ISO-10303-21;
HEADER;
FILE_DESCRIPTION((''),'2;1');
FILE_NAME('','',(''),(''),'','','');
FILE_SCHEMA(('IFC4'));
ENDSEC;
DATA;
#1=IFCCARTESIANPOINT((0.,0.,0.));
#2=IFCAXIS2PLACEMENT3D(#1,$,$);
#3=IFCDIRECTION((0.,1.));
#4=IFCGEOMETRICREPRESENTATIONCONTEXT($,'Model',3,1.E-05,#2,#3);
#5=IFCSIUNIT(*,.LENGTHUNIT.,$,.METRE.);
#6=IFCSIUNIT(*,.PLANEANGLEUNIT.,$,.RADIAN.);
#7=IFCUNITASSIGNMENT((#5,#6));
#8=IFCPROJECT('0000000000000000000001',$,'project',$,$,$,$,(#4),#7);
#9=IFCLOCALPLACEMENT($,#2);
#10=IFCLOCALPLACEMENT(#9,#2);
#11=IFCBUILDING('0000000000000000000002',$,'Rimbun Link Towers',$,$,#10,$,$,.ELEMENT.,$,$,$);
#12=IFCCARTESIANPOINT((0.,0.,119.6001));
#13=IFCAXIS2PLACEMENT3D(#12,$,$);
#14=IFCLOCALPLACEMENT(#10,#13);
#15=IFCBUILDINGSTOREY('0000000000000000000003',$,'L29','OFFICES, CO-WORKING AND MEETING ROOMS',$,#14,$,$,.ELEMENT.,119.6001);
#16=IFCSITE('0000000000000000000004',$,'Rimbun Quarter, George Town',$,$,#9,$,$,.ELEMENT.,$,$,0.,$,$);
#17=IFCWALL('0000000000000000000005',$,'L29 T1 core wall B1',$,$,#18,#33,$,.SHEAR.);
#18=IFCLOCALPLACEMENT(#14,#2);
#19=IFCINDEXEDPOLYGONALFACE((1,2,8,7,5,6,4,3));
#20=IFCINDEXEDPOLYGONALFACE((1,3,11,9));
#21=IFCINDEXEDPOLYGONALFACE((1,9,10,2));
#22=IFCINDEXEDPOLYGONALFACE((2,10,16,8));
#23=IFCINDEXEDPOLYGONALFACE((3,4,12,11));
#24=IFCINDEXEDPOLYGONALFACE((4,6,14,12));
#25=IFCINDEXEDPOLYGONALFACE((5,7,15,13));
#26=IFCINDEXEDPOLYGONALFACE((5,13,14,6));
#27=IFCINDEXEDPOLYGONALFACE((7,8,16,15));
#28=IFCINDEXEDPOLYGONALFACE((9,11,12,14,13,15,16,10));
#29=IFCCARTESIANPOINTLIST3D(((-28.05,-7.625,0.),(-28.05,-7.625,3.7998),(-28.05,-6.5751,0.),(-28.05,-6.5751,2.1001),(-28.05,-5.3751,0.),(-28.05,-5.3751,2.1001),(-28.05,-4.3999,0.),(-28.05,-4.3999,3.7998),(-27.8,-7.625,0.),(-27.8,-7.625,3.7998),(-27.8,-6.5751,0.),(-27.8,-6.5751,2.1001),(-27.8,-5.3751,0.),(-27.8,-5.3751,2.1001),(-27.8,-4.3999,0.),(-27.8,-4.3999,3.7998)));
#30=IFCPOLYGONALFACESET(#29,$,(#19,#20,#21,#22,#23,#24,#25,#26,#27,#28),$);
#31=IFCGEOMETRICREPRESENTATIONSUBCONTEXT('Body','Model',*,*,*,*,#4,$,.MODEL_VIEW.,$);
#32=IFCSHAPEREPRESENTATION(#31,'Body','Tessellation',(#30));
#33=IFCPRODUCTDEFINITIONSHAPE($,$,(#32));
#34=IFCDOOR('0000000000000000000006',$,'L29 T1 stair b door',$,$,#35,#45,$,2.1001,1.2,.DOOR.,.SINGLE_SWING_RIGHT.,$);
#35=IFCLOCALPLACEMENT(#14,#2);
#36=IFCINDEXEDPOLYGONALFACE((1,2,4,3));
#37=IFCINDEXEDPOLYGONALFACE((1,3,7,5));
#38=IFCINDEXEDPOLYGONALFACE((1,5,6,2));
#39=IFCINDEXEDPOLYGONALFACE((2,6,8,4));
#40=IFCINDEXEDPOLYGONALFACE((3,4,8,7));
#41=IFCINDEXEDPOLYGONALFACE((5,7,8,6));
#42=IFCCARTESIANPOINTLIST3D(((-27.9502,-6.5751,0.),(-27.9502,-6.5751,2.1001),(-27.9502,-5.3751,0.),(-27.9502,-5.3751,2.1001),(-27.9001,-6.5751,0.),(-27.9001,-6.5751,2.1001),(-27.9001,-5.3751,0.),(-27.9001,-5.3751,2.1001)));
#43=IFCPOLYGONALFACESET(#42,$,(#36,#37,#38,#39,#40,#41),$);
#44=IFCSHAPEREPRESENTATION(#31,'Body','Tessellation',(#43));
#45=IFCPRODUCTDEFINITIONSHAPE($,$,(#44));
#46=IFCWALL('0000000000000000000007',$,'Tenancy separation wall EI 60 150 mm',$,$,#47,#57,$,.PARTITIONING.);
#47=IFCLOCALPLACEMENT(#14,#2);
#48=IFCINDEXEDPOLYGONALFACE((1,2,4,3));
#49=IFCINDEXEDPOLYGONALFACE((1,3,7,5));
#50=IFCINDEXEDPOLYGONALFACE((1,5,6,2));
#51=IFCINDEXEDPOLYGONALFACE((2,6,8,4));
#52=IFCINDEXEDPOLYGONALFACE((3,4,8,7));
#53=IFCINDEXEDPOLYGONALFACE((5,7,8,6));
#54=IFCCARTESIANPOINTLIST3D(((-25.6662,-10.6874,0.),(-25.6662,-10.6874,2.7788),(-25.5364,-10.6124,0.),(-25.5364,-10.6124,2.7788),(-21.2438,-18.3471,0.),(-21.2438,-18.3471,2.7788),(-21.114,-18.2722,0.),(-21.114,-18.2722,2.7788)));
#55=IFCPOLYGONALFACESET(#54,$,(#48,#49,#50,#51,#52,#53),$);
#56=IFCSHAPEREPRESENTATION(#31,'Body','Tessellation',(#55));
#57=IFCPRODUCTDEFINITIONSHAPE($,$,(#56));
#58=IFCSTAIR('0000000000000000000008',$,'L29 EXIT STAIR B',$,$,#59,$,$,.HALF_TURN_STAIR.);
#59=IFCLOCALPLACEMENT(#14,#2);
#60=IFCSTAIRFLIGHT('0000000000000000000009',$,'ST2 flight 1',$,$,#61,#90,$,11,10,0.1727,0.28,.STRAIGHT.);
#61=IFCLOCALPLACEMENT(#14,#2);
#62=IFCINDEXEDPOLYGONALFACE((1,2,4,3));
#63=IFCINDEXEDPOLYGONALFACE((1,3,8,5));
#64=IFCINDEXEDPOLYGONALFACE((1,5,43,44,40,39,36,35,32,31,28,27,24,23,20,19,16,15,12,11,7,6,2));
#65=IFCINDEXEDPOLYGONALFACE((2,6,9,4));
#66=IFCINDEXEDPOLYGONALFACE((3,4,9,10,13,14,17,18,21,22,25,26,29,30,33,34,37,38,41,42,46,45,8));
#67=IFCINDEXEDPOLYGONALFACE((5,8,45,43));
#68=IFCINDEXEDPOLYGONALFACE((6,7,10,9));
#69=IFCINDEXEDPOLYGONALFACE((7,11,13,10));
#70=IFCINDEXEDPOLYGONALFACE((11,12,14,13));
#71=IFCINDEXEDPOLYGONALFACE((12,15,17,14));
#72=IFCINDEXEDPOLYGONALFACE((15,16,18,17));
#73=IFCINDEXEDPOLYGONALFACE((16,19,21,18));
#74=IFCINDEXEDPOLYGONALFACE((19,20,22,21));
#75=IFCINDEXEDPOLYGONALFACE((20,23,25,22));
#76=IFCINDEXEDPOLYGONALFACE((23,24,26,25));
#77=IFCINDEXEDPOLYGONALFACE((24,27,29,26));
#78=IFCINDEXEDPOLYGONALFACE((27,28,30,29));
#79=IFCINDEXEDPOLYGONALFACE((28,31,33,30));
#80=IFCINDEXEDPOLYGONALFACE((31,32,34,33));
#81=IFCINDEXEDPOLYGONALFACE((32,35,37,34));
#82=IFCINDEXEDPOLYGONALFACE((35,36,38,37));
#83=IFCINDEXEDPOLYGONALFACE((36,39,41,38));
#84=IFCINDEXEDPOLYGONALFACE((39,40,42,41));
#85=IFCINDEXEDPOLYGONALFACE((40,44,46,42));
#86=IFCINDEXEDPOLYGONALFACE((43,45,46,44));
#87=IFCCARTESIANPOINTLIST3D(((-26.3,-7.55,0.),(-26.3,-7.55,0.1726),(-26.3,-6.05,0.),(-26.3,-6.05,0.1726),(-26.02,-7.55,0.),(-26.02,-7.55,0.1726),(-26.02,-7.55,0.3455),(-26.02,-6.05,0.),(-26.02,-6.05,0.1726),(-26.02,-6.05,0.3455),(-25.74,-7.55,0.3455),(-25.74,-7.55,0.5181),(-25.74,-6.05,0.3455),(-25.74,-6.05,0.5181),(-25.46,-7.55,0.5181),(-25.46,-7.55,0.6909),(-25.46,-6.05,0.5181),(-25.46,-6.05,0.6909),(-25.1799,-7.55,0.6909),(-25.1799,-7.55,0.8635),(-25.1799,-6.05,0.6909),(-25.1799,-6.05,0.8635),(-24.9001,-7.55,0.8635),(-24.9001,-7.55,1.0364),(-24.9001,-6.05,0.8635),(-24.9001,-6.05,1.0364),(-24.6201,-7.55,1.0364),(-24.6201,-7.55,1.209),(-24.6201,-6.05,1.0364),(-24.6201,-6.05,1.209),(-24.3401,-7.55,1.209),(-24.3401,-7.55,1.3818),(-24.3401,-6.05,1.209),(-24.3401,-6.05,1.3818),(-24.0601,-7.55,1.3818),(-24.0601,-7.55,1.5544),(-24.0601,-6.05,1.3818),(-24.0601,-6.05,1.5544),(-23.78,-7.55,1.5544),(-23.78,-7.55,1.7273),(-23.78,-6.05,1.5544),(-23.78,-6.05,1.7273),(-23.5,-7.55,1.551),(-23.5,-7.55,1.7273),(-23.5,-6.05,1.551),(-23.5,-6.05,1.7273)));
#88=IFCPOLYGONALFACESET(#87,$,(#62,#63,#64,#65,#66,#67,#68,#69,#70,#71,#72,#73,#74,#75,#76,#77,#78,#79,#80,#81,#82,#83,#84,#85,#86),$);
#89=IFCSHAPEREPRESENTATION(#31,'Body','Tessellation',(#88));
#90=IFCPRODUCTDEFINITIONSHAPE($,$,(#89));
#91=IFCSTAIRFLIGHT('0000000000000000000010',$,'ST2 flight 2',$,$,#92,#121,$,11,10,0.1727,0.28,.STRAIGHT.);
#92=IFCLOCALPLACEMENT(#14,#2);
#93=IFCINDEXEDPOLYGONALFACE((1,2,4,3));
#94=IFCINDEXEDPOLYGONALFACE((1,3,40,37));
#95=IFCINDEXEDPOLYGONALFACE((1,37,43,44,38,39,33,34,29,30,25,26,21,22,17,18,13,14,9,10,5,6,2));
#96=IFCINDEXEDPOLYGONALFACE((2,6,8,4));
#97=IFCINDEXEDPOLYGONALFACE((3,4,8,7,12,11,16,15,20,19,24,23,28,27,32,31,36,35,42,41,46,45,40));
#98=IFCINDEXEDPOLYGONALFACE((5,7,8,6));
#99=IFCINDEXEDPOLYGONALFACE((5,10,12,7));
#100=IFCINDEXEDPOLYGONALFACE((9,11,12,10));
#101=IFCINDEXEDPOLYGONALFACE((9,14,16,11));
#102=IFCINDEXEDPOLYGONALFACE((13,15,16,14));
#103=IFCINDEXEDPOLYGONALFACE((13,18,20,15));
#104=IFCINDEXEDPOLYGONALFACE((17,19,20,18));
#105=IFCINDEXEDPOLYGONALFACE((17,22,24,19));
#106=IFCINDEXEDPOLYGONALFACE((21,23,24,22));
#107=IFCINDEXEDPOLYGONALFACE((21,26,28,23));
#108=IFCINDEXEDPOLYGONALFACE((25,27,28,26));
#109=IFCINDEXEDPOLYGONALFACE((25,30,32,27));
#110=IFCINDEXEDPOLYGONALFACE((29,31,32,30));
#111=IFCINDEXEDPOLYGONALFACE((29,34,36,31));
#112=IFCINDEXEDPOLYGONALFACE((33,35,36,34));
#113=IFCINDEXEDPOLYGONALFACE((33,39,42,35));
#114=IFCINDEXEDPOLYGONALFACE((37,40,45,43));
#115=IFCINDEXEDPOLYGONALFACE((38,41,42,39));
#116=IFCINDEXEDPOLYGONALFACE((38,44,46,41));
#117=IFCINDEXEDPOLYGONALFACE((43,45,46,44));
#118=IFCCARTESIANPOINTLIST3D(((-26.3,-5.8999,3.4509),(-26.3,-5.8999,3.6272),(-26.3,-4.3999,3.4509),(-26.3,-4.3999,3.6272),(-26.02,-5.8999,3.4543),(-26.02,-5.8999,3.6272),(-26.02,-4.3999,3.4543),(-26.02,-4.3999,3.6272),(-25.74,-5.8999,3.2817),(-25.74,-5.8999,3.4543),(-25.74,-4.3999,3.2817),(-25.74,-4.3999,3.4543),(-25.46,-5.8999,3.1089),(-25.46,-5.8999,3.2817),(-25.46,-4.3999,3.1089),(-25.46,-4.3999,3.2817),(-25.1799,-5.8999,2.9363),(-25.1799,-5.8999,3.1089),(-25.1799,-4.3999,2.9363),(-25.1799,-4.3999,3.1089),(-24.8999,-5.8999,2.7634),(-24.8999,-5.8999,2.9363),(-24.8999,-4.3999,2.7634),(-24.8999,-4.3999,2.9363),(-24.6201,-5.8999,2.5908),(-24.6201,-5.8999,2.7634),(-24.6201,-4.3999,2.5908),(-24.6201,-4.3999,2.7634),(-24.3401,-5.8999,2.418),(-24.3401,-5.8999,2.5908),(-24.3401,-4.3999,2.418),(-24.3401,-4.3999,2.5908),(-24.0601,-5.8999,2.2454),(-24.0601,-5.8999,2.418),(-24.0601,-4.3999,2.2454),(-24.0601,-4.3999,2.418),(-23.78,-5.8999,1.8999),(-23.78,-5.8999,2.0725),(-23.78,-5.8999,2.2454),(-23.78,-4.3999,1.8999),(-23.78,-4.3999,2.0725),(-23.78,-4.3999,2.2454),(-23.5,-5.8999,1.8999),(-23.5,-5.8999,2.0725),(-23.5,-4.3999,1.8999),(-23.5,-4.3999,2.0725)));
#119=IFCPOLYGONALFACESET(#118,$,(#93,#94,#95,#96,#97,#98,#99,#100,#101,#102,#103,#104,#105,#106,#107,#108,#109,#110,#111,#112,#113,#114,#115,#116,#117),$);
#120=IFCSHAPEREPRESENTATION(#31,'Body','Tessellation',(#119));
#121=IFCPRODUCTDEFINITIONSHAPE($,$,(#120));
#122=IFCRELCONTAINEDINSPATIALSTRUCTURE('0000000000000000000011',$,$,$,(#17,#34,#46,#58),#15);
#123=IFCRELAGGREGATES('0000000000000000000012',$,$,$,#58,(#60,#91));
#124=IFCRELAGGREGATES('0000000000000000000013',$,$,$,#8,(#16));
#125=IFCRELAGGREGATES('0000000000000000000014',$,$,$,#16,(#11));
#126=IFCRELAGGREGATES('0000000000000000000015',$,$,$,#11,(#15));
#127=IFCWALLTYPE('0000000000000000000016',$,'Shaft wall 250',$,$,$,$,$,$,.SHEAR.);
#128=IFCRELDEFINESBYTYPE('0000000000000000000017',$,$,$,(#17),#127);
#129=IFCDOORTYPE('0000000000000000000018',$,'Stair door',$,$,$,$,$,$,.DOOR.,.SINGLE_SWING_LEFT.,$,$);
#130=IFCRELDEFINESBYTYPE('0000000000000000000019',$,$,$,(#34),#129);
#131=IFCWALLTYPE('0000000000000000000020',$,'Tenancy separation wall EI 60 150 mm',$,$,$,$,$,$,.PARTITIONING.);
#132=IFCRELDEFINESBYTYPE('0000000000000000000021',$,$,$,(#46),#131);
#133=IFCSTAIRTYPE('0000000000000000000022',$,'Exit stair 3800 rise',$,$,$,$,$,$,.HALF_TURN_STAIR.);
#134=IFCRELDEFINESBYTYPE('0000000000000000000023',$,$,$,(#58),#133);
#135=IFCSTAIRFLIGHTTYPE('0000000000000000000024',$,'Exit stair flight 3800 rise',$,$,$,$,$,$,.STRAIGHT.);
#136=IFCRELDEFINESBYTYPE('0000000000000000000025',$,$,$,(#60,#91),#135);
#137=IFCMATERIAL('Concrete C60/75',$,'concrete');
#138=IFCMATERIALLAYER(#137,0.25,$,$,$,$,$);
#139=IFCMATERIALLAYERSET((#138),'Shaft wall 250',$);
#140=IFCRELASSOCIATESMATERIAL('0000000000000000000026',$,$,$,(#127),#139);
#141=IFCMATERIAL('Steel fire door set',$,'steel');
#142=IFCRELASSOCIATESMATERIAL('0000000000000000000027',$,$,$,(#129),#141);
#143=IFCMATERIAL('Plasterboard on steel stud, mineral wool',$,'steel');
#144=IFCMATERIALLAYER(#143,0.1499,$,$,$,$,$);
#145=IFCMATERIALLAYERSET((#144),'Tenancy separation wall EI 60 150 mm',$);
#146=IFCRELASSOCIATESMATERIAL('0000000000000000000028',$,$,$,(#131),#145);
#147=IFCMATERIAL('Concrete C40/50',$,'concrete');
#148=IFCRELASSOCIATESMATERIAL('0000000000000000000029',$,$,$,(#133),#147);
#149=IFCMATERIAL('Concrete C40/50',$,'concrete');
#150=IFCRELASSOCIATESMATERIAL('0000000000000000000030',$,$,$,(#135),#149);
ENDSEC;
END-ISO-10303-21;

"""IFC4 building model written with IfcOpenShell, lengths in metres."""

from ifc_helpers import new_model, si_unit, direction, frame, frame_2d, origin, place, context, subcontext, project, spatial, polyline, rectangle, outline, extrude, material, layer, layer_set, type_object, element, fill, aggregate, save


model = new_model("IFC4")

# Units and contexts
model_context = context("Model", 3, precision=1e-05, world=origin(), true_north=direction((0.0, 1.0)))
body_context = subcontext(model_context, "Body", "Model", "MODEL_VIEW")
ifc_project = project(units=[si_unit("LENGTHUNIT", "METRE"), si_unit("PLANEANGLEUNIT", "RADIAN")], contexts=[model_context])

# Site, building, storey
site_placement = place(None, origin())
site = spatial("IfcSite", under=ifc_project, at=site_placement, Name="Rimbun Quarter, George Town", CompositionType="ELEMENT", RefElevation=0.0)
building_placement = place(site_placement, origin())
building = spatial("IfcBuilding", under=site, at=building_placement, Name="Rimbun Link Towers", CompositionType="ELEMENT")
storey_placement = place(building_placement, frame((0.0, 0.0, 119.6001)))
storey = spatial("IfcBuildingStorey", under=building, at=storey_placement, Name="L29", Description="OFFICES, CO-WORKING AND MEETING ROOMS", CompositionType="ELEMENT", Elevation=119.6001)

# Shared definitions
ifc_material_1 = material(Name="Concrete C60/75", Category="concrete")
ifc_layer_1 = layer(ifc_material_1, 0.25)
ifc_layer_set_1 = layer_set([ifc_layer_1], Name="Shaft wall 250")
wall_type_1 = type_object("IfcWallType", Name="Shaft wall 250", PredefinedType="SHEAR", material=ifc_layer_set_1)

# Wall, opening, door
wall_1_placement = place(storey_placement, frame((-27.925, -4.3999, 0.0), z_axis=(0.0, 0.0, 1.0), x_axis=(0.0, -1.0, 0.0)))
wall_1 = element("IfcWall", 1, at=wall_1_placement, inside=storey, type_object=wall_type_1, Name="L29 T1 core wall B1", PredefinedType="SHEAR", context=body_context, shape_type="SweptSolid", body=[
    extrude(rectangle(XDim=3.2251, YDim=0.25, at=frame_2d((1.6125, 0.0))), origin(), (0.0, 0.0, 1.0), 3.7998),
])
opening_1_placement = place(wall_1_placement, frame((0.9751, 0.0, 0.0)))
opening_1 = element("IfcOpeningElement", 2, at=opening_1_placement, cuts=wall_1, PredefinedType="OPENING", context=body_context, shape_type="SweptSolid", body=[
    extrude(rectangle(XDim=1.2, YDim=2.1001, at=frame_2d((0.6001, 1.05))), frame((0.0, 0.135, 0.0), z_axis=(0.0, -1.0, 0.0), x_axis=(1.0, 0.0, 0.0)), (0.0, 0.0, 1.0), 0.27),
])
ifc_material_2 = material(Name="Steel fire door set", Category="steel")
door_type_1 = type_object("IfcDoorType", Name="Stair door", OperationType="SINGLE_SWING_LEFT", PredefinedType="DOOR", material=ifc_material_2)
door_1_placement = place(opening_1_placement, origin())
door_1 = element("IfcDoor", 3, at=door_1_placement, inside=storey, type_object=door_type_1, Name="L29 T1 stair b door", OperationType="SINGLE_SWING_RIGHT", OverallHeight=2.1001, OverallWidth=1.2, PredefinedType="DOOR", context=body_context, shape_type="SweptSolid", body=[
    extrude(rectangle(XDim=1.2, YDim=2.1001, at=frame_2d((0.6001, 1.05))), frame((0.0, 0.0249, 0.0), z_axis=(0.0, -1.0, 0.0), x_axis=(1.0, 0.0, 0.0)), (0.0, 0.0, 1.0), 0.05),
])
fill(opening_1, door_1)

# Wall
ifc_material_3 = material(Name="Plasterboard on steel stud, mineral wool", Category="steel")
ifc_layer_2 = layer(ifc_material_3, 0.1499)
ifc_layer_set_2 = layer_set([ifc_layer_2], Name="Tenancy separation wall EI 60 150 mm")
wall_type_2 = type_object("IfcWallType", Name="Tenancy separation wall EI 60 150 mm", PredefinedType="PARTITIONING", material=ifc_layer_set_2)
wall_2_placement = place(storey_placement, frame((-25.6013, -10.6499, 0.0), z_axis=(0.0, 0.0, 1.0), x_axis=(0.500004, -0.866023, 0.0)))
element("IfcWall", 4, at=wall_2_placement, inside=storey, type_object=wall_type_2, Name="Tenancy separation wall EI 60 150 mm", PredefinedType="PARTITIONING", context=body_context, shape_type="SweptSolid", body=[
    extrude(rectangle(XDim=8.8447, YDim=0.1499, at=frame_2d((4.4224, 0.0))), origin(), (0.0, 0.0, 1.0), 2.7788),
])

# Stair, stair flights
ifc_material_4 = material(Name="Concrete C40/50", Category="concrete")
stair_type = type_object("IfcStairType", Name="Exit stair 3800 rise", PredefinedType="HALF_TURN_STAIR", material=ifc_material_4)
stair_placement = place(storey_placement, origin())
stair = element("IfcStair", 5, at=stair_placement, inside=storey, type_object=stair_type, Name="L29 EXIT STAIR B", PredefinedType="HALF_TURN_STAIR")
ifc_material_5 = material(Name="Concrete C40/50", Category="concrete")
stair_flight_type = type_object("IfcStairFlightType", Name="Exit stair flight 3800 rise", PredefinedType="STRAIGHT", material=ifc_material_5)
stair_flight_1_placement = place(storey_placement, frame((-26.3, -6.8, 0.0), z_axis=(0.0, 0.0, 1.0), x_axis=(1.0, 0.0, 0.0)))
stair_flight_1 = element("IfcStairFlight", 6, at=stair_flight_1_placement, type_object=stair_flight_type, Name="ST2 flight 1", NumberOfRisers=11, NumberOfTreads=10, PredefinedType="STRAIGHT", RiserHeight=0.1727, TreadLength=0.28, context=body_context, shape_type="SweptSolid", body=[
    extrude(outline(polyline([(0.0, 0.0), (0.0, 0.1726), (0.28, 0.1726), (0.28, 0.3455), (0.5601, 0.3455), (0.5601, 0.5181), (0.8401, 0.5181), (0.8401, 0.6909), (1.1201, 0.6909), (1.1201, 0.8635), (1.3999, 0.8635), (1.3999, 1.0364), (1.6799, 1.0364), (1.6799, 1.209), (1.96, 1.209), (1.96, 1.3818), (2.24, 1.3818), (2.24, 1.5544), (2.52, 1.5544), (2.52, 1.7273), (2.8, 1.7273), (2.8, 1.8999), (2.8, 1.551), (0.28, 0.0), (0.0, 0.0)])), frame((0.0, 0.75, 0.0), z_axis=(0.0, -1.0, 0.0), x_axis=(1.0, 0.0, 0.0)), (0.0, 0.0, 1.0), 1.5),
])
stair_flight_2_placement = place(storey_placement, frame((-23.5, -5.1499, 1.8999), z_axis=(0.0, 0.0, 1.0), x_axis=(-1.0, 0.0, 0.0)))
stair_flight_2 = element("IfcStairFlight", 7, at=stair_flight_2_placement, type_object=stair_flight_type, Name="ST2 flight 2", NumberOfRisers=11, NumberOfTreads=10, PredefinedType="STRAIGHT", RiserHeight=0.1727, TreadLength=0.28, context=body_context, shape_type="SweptSolid", body=[
    extrude(outline(polyline([(0.0, 0.0), (0.0, 0.1726), (0.28, 0.1726), (0.28, 0.3455), (0.5601, 0.3455), (0.5601, 0.5181), (0.8401, 0.5181), (0.8401, 0.6909), (1.1201, 0.6909), (1.1201, 0.8635), (1.3999, 0.8635), (1.3999, 1.0364), (1.6799, 1.0364), (1.6799, 1.209), (1.96, 1.209), (1.96, 1.3818), (2.24, 1.3818), (2.24, 1.5544), (2.52, 1.5544), (2.52, 1.7273), (2.8, 1.7273), (2.8, 1.8999), (2.8, 1.551), (0.28, 0.0), (0.0, 0.0)])), frame((0.0, 0.75, 0.0), z_axis=(0.0, -1.0, 0.0), x_axis=(1.0, 0.0, 0.0)), (0.0, 0.0, 1.0), 1.5),
])
aggregate(stair, [stair_flight_1, stair_flight_2])

save(model, "model.ifc")
